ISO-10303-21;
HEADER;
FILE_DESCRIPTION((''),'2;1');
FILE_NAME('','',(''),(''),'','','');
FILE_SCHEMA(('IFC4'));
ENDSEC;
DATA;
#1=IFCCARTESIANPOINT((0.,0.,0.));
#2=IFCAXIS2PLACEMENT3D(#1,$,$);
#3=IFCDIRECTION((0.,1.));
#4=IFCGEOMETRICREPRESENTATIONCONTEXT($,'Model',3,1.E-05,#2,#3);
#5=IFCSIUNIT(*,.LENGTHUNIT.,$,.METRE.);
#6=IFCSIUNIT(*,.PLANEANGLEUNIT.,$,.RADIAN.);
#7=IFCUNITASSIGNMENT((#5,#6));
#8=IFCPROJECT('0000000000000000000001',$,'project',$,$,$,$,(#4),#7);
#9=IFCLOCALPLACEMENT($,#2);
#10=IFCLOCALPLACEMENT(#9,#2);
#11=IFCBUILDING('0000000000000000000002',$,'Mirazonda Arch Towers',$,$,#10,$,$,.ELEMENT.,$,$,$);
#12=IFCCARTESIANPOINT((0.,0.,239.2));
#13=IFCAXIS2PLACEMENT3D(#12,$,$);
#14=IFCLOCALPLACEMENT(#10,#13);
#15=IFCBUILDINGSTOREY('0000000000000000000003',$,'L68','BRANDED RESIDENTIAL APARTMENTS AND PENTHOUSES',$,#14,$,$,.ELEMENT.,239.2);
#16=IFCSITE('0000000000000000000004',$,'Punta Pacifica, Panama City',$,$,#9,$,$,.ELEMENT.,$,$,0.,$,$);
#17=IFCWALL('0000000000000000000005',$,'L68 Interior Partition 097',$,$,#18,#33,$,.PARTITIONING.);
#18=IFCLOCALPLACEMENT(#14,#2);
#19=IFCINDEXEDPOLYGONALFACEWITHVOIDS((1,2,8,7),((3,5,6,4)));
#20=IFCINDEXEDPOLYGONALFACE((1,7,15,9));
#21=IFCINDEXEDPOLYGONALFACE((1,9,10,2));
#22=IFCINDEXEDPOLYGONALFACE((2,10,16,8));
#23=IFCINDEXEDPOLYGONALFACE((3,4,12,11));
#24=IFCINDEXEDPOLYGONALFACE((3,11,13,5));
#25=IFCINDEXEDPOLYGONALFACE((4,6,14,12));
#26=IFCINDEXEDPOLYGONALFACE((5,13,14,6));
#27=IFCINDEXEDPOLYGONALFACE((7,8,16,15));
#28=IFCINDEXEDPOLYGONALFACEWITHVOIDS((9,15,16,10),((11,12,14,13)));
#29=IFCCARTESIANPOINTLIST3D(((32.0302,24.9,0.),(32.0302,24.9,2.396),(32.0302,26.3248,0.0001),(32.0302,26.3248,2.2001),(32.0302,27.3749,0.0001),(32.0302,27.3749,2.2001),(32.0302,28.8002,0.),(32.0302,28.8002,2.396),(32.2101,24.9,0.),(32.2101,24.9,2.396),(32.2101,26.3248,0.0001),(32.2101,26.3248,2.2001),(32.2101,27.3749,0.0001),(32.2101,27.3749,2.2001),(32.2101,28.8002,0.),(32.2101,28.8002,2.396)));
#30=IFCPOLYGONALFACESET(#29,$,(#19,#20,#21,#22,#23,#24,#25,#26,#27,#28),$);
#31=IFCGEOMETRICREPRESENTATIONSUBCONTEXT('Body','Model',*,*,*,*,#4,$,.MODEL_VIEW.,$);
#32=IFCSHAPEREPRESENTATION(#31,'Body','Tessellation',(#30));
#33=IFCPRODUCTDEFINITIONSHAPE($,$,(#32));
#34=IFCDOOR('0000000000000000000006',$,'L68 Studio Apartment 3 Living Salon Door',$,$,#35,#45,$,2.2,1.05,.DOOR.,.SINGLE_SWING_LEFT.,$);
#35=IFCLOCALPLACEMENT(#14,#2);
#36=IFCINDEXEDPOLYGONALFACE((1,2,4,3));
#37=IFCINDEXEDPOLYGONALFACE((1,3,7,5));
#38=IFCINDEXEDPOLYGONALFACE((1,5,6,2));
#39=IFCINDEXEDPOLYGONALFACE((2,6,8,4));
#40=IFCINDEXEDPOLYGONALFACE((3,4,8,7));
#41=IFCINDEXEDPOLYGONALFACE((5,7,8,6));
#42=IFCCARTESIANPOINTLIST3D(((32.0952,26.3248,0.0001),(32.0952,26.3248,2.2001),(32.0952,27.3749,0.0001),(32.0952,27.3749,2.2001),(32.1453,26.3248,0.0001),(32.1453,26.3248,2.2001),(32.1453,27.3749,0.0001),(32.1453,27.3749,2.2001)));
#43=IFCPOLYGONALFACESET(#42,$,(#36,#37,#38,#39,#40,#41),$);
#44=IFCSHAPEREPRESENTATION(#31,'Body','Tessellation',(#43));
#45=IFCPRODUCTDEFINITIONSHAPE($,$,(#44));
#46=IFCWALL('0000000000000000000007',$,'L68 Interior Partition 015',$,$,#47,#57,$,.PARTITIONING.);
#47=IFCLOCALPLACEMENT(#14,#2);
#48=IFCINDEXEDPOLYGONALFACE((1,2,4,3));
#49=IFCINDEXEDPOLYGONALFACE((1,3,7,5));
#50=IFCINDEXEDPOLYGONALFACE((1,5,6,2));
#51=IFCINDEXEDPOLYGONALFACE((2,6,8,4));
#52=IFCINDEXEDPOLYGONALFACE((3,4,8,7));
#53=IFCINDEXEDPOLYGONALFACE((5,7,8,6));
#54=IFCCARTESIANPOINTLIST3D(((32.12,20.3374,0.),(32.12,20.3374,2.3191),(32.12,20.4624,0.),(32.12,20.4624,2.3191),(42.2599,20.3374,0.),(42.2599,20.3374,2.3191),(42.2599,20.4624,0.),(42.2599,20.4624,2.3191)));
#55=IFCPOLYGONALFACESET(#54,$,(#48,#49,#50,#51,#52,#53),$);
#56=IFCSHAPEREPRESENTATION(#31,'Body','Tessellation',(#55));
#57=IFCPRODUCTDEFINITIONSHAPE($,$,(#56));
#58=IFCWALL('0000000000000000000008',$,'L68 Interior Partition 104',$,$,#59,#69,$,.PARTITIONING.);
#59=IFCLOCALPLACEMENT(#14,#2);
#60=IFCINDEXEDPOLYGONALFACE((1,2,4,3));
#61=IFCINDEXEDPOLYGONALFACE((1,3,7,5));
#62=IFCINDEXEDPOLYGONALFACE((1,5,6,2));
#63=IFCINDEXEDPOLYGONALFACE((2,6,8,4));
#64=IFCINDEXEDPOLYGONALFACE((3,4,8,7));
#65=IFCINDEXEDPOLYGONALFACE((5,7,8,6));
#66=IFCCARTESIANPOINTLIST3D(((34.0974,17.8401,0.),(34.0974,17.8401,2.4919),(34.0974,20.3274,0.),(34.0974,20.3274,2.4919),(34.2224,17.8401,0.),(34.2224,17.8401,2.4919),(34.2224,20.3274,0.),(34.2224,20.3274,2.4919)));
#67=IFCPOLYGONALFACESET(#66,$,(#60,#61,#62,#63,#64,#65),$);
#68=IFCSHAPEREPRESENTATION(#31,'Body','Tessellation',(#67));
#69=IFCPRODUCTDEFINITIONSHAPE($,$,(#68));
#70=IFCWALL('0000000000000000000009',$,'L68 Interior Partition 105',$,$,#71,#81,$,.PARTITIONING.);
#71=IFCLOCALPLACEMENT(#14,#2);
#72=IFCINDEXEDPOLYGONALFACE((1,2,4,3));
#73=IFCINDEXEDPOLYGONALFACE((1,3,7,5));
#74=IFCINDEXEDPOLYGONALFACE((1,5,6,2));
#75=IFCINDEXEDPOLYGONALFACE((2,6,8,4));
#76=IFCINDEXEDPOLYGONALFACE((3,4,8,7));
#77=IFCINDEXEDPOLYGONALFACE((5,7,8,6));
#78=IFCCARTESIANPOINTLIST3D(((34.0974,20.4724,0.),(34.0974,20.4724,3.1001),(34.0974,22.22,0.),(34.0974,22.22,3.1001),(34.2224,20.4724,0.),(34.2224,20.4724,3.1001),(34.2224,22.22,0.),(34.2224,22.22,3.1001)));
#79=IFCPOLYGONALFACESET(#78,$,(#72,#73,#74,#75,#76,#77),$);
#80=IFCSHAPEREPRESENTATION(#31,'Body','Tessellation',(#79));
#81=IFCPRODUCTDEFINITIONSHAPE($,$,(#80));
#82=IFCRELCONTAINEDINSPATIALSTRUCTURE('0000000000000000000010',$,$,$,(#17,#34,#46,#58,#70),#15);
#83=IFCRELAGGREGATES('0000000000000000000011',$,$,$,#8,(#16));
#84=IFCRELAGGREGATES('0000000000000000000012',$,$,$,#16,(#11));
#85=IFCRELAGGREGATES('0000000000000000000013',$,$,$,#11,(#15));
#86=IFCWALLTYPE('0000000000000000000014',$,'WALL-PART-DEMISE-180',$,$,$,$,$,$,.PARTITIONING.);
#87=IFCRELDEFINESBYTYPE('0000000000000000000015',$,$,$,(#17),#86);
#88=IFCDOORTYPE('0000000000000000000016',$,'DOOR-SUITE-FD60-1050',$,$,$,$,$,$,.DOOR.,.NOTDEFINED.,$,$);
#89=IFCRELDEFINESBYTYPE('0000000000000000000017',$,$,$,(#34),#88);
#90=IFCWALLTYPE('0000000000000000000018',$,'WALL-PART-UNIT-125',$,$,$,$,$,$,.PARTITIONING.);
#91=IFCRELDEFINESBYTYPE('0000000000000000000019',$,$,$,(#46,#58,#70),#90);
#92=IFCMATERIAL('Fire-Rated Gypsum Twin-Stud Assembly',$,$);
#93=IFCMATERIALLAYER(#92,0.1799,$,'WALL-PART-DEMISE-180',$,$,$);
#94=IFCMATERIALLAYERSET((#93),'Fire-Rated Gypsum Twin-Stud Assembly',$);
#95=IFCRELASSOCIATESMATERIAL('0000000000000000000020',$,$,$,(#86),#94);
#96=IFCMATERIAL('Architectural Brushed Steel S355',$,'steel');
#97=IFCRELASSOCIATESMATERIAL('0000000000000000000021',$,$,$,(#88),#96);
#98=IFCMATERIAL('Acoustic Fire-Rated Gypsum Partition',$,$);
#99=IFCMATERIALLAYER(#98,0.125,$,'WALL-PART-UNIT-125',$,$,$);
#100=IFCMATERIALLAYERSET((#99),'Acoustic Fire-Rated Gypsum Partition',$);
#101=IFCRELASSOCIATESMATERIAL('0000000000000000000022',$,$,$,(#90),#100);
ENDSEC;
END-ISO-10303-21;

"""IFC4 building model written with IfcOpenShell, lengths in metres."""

from ifc_helpers import new_model, si_unit, direction, frame, frame_2d, origin, place, context, subcontext, project, spatial, rectangle, extrude, material, layer, layer_set, type_object, element, fill, save


model = new_model("IFC4")

# Units and contexts
model_context = context("Model", 3, precision=1e-05, world=origin(), true_north=direction((0.0, 1.0)))
body_context = subcontext(model_context, "Body", "Model", "MODEL_VIEW")
ifc_project = project(units=[si_unit("LENGTHUNIT", "METRE"), si_unit("PLANEANGLEUNIT", "RADIAN")], contexts=[model_context])

# Site, building, storey
site_placement = place(None, origin())
site = spatial("IfcSite", under=ifc_project, at=site_placement, Name="Punta Pacifica, Panama City", CompositionType="ELEMENT", RefElevation=0.0)
building_placement = place(site_placement, origin())
building = spatial("IfcBuilding", under=site, at=building_placement, Name="Mirazonda Arch Towers", CompositionType="ELEMENT")
storey_placement = place(building_placement, frame((0.0, 0.0, 239.2)))
storey = spatial("IfcBuildingStorey", under=building, at=storey_placement, Name="L68", Description="BRANDED RESIDENTIAL APARTMENTS AND PENTHOUSES", CompositionType="ELEMENT", Elevation=239.2)

# Shared definitions
ifc_material_1 = material(Name="Fire-Rated Gypsum Twin-Stud Assembly")
ifc_layer_1 = layer(ifc_material_1, 0.1799, Name="WALL-PART-DEMISE-180")
ifc_layer_set_1 = layer_set([ifc_layer_1], Name="Fire-Rated Gypsum Twin-Stud Assembly")
wall_type_1 = type_object("IfcWallType", Name="WALL-PART-DEMISE-180", PredefinedType="PARTITIONING", material=ifc_layer_set_1)
ifc_material_2 = material(Name="Architectural Brushed Steel S355", Category="steel")

# Wall, opening, door
door_type_1 = type_object("IfcDoorType", Name="DOOR-SUITE-FD60-1050", OperationType="NOTDEFINED", PredefinedType="DOOR", material=ifc_material_2)
wall_1_placement = place(storey_placement, frame((32.1201, 24.8999, 0.0), z_axis=(0.0, 0.0, 1.0), x_axis=(0.0, 1.0, 0.0)))
wall_1 = element("IfcWall", 1, at=wall_1_placement, inside=storey, type_object=wall_type_1, Name="L68 Interior Partition 097", PredefinedType="PARTITIONING", context=body_context, shape_type="SweptSolid", body=[
    extrude(rectangle(XDim=3.9001, YDim=0.1799, at=frame_2d((1.9502, 0.0))), origin(), (0.0, 0.0, 1.0), 2.396),
])
opening_1_placement = place(wall_1_placement, frame((1.425, 0.0, 0.0)))
opening_1 = element("IfcOpeningElement", 2, at=opening_1_placement, cuts=wall_1, PredefinedType="OPENING", context=body_context, shape_type="SweptSolid", body=[
    extrude(rectangle(XDim=1.05, YDim=2.2, at=frame_2d((0.5249, 1.1001))), frame((0.0, 0.0999, 0.0), z_axis=(0.0, -1.0, 0.0), x_axis=(1.0, 0.0, 0.0)), (0.0, 0.0, 1.0), 0.2),
])
door_1_placement = place(opening_1_placement, origin())
door_1 = element("IfcDoor", 3, at=door_1_placement, inside=storey, type_object=door_type_1, Name="L68 Studio Apartment 3 Living Salon Door", OperationType="SINGLE_SWING_LEFT", OverallHeight=2.2, OverallWidth=1.05, PredefinedType="DOOR", context=body_context, shape_type="SweptSolid", body=[
    extrude(rectangle(XDim=1.05, YDim=2.2, at=frame_2d((0.5249, 1.1001))), frame((0.0, 0.0249, 0.0), z_axis=(0.0, -1.0, 0.0), x_axis=(1.0, 0.0, 0.0)), (0.0, 0.0, 1.0), 0.05),
])
fill(opening_1, door_1)

# Walls
ifc_material_3 = material(Name="Acoustic Fire-Rated Gypsum Partition")
ifc_layer_2 = layer(ifc_material_3, 0.125, Name="WALL-PART-UNIT-125")
ifc_layer_set_2 = layer_set([ifc_layer_2], Name="Acoustic Fire-Rated Gypsum Partition")
wall_type_2 = type_object("IfcWallType", Name="WALL-PART-UNIT-125", PredefinedType="PARTITIONING", material=ifc_layer_set_2)
wall_2_placement = place(storey_placement, frame((32.1201, 20.3999, 0.0), z_axis=(0.0, 0.0, 1.0), x_axis=(1.0, 0.0, 0.0)))
element("IfcWall", 4, at=wall_2_placement, inside=storey, type_object=wall_type_2, Name="L68 Interior Partition 015", PredefinedType="PARTITIONING", context=body_context, shape_type="SweptSolid", body=[
    extrude(rectangle(XDim=10.1399, YDim=0.125, at=frame_2d((5.0698, 0.0))), origin(), (0.0, 0.0, 1.0), 2.3191),
])
wall_3_placement = place(storey_placement, frame((34.1599, 17.8401, 0.0), z_axis=(0.0, 0.0, 1.0), x_axis=(0.0, 1.0, 0.0)))
element("IfcWall", 5, at=wall_3_placement, inside=storey, type_object=wall_type_2, Name="L68 Interior Partition 104", PredefinedType="PARTITIONING", context=body_context, shape_type="SweptSolid", body=[
    extrude(rectangle(XDim=2.4873, YDim=0.125, at=frame_2d((1.2437, 0.0))), origin(), (0.0, 0.0, 1.0), 2.4919),
])
wall_4_placement = place(storey_placement, frame((34.1599, 20.4724, 0.0), z_axis=(0.0, 0.0, 1.0), x_axis=(0.0, 1.0, 0.0)))
element("IfcWall", 6, at=wall_4_placement, inside=storey, type_object=wall_type_2, Name="L68 Interior Partition 105", PredefinedType="PARTITIONING", context=body_context, shape_type="SweptSolid", body=[
    extrude(rectangle(XDim=1.7476, YDim=0.125, at=frame_2d((0.8738, 0.0))), origin(), (0.0, 0.0, 1.0), 3.1001),
])

save(model, "model.ifc")
